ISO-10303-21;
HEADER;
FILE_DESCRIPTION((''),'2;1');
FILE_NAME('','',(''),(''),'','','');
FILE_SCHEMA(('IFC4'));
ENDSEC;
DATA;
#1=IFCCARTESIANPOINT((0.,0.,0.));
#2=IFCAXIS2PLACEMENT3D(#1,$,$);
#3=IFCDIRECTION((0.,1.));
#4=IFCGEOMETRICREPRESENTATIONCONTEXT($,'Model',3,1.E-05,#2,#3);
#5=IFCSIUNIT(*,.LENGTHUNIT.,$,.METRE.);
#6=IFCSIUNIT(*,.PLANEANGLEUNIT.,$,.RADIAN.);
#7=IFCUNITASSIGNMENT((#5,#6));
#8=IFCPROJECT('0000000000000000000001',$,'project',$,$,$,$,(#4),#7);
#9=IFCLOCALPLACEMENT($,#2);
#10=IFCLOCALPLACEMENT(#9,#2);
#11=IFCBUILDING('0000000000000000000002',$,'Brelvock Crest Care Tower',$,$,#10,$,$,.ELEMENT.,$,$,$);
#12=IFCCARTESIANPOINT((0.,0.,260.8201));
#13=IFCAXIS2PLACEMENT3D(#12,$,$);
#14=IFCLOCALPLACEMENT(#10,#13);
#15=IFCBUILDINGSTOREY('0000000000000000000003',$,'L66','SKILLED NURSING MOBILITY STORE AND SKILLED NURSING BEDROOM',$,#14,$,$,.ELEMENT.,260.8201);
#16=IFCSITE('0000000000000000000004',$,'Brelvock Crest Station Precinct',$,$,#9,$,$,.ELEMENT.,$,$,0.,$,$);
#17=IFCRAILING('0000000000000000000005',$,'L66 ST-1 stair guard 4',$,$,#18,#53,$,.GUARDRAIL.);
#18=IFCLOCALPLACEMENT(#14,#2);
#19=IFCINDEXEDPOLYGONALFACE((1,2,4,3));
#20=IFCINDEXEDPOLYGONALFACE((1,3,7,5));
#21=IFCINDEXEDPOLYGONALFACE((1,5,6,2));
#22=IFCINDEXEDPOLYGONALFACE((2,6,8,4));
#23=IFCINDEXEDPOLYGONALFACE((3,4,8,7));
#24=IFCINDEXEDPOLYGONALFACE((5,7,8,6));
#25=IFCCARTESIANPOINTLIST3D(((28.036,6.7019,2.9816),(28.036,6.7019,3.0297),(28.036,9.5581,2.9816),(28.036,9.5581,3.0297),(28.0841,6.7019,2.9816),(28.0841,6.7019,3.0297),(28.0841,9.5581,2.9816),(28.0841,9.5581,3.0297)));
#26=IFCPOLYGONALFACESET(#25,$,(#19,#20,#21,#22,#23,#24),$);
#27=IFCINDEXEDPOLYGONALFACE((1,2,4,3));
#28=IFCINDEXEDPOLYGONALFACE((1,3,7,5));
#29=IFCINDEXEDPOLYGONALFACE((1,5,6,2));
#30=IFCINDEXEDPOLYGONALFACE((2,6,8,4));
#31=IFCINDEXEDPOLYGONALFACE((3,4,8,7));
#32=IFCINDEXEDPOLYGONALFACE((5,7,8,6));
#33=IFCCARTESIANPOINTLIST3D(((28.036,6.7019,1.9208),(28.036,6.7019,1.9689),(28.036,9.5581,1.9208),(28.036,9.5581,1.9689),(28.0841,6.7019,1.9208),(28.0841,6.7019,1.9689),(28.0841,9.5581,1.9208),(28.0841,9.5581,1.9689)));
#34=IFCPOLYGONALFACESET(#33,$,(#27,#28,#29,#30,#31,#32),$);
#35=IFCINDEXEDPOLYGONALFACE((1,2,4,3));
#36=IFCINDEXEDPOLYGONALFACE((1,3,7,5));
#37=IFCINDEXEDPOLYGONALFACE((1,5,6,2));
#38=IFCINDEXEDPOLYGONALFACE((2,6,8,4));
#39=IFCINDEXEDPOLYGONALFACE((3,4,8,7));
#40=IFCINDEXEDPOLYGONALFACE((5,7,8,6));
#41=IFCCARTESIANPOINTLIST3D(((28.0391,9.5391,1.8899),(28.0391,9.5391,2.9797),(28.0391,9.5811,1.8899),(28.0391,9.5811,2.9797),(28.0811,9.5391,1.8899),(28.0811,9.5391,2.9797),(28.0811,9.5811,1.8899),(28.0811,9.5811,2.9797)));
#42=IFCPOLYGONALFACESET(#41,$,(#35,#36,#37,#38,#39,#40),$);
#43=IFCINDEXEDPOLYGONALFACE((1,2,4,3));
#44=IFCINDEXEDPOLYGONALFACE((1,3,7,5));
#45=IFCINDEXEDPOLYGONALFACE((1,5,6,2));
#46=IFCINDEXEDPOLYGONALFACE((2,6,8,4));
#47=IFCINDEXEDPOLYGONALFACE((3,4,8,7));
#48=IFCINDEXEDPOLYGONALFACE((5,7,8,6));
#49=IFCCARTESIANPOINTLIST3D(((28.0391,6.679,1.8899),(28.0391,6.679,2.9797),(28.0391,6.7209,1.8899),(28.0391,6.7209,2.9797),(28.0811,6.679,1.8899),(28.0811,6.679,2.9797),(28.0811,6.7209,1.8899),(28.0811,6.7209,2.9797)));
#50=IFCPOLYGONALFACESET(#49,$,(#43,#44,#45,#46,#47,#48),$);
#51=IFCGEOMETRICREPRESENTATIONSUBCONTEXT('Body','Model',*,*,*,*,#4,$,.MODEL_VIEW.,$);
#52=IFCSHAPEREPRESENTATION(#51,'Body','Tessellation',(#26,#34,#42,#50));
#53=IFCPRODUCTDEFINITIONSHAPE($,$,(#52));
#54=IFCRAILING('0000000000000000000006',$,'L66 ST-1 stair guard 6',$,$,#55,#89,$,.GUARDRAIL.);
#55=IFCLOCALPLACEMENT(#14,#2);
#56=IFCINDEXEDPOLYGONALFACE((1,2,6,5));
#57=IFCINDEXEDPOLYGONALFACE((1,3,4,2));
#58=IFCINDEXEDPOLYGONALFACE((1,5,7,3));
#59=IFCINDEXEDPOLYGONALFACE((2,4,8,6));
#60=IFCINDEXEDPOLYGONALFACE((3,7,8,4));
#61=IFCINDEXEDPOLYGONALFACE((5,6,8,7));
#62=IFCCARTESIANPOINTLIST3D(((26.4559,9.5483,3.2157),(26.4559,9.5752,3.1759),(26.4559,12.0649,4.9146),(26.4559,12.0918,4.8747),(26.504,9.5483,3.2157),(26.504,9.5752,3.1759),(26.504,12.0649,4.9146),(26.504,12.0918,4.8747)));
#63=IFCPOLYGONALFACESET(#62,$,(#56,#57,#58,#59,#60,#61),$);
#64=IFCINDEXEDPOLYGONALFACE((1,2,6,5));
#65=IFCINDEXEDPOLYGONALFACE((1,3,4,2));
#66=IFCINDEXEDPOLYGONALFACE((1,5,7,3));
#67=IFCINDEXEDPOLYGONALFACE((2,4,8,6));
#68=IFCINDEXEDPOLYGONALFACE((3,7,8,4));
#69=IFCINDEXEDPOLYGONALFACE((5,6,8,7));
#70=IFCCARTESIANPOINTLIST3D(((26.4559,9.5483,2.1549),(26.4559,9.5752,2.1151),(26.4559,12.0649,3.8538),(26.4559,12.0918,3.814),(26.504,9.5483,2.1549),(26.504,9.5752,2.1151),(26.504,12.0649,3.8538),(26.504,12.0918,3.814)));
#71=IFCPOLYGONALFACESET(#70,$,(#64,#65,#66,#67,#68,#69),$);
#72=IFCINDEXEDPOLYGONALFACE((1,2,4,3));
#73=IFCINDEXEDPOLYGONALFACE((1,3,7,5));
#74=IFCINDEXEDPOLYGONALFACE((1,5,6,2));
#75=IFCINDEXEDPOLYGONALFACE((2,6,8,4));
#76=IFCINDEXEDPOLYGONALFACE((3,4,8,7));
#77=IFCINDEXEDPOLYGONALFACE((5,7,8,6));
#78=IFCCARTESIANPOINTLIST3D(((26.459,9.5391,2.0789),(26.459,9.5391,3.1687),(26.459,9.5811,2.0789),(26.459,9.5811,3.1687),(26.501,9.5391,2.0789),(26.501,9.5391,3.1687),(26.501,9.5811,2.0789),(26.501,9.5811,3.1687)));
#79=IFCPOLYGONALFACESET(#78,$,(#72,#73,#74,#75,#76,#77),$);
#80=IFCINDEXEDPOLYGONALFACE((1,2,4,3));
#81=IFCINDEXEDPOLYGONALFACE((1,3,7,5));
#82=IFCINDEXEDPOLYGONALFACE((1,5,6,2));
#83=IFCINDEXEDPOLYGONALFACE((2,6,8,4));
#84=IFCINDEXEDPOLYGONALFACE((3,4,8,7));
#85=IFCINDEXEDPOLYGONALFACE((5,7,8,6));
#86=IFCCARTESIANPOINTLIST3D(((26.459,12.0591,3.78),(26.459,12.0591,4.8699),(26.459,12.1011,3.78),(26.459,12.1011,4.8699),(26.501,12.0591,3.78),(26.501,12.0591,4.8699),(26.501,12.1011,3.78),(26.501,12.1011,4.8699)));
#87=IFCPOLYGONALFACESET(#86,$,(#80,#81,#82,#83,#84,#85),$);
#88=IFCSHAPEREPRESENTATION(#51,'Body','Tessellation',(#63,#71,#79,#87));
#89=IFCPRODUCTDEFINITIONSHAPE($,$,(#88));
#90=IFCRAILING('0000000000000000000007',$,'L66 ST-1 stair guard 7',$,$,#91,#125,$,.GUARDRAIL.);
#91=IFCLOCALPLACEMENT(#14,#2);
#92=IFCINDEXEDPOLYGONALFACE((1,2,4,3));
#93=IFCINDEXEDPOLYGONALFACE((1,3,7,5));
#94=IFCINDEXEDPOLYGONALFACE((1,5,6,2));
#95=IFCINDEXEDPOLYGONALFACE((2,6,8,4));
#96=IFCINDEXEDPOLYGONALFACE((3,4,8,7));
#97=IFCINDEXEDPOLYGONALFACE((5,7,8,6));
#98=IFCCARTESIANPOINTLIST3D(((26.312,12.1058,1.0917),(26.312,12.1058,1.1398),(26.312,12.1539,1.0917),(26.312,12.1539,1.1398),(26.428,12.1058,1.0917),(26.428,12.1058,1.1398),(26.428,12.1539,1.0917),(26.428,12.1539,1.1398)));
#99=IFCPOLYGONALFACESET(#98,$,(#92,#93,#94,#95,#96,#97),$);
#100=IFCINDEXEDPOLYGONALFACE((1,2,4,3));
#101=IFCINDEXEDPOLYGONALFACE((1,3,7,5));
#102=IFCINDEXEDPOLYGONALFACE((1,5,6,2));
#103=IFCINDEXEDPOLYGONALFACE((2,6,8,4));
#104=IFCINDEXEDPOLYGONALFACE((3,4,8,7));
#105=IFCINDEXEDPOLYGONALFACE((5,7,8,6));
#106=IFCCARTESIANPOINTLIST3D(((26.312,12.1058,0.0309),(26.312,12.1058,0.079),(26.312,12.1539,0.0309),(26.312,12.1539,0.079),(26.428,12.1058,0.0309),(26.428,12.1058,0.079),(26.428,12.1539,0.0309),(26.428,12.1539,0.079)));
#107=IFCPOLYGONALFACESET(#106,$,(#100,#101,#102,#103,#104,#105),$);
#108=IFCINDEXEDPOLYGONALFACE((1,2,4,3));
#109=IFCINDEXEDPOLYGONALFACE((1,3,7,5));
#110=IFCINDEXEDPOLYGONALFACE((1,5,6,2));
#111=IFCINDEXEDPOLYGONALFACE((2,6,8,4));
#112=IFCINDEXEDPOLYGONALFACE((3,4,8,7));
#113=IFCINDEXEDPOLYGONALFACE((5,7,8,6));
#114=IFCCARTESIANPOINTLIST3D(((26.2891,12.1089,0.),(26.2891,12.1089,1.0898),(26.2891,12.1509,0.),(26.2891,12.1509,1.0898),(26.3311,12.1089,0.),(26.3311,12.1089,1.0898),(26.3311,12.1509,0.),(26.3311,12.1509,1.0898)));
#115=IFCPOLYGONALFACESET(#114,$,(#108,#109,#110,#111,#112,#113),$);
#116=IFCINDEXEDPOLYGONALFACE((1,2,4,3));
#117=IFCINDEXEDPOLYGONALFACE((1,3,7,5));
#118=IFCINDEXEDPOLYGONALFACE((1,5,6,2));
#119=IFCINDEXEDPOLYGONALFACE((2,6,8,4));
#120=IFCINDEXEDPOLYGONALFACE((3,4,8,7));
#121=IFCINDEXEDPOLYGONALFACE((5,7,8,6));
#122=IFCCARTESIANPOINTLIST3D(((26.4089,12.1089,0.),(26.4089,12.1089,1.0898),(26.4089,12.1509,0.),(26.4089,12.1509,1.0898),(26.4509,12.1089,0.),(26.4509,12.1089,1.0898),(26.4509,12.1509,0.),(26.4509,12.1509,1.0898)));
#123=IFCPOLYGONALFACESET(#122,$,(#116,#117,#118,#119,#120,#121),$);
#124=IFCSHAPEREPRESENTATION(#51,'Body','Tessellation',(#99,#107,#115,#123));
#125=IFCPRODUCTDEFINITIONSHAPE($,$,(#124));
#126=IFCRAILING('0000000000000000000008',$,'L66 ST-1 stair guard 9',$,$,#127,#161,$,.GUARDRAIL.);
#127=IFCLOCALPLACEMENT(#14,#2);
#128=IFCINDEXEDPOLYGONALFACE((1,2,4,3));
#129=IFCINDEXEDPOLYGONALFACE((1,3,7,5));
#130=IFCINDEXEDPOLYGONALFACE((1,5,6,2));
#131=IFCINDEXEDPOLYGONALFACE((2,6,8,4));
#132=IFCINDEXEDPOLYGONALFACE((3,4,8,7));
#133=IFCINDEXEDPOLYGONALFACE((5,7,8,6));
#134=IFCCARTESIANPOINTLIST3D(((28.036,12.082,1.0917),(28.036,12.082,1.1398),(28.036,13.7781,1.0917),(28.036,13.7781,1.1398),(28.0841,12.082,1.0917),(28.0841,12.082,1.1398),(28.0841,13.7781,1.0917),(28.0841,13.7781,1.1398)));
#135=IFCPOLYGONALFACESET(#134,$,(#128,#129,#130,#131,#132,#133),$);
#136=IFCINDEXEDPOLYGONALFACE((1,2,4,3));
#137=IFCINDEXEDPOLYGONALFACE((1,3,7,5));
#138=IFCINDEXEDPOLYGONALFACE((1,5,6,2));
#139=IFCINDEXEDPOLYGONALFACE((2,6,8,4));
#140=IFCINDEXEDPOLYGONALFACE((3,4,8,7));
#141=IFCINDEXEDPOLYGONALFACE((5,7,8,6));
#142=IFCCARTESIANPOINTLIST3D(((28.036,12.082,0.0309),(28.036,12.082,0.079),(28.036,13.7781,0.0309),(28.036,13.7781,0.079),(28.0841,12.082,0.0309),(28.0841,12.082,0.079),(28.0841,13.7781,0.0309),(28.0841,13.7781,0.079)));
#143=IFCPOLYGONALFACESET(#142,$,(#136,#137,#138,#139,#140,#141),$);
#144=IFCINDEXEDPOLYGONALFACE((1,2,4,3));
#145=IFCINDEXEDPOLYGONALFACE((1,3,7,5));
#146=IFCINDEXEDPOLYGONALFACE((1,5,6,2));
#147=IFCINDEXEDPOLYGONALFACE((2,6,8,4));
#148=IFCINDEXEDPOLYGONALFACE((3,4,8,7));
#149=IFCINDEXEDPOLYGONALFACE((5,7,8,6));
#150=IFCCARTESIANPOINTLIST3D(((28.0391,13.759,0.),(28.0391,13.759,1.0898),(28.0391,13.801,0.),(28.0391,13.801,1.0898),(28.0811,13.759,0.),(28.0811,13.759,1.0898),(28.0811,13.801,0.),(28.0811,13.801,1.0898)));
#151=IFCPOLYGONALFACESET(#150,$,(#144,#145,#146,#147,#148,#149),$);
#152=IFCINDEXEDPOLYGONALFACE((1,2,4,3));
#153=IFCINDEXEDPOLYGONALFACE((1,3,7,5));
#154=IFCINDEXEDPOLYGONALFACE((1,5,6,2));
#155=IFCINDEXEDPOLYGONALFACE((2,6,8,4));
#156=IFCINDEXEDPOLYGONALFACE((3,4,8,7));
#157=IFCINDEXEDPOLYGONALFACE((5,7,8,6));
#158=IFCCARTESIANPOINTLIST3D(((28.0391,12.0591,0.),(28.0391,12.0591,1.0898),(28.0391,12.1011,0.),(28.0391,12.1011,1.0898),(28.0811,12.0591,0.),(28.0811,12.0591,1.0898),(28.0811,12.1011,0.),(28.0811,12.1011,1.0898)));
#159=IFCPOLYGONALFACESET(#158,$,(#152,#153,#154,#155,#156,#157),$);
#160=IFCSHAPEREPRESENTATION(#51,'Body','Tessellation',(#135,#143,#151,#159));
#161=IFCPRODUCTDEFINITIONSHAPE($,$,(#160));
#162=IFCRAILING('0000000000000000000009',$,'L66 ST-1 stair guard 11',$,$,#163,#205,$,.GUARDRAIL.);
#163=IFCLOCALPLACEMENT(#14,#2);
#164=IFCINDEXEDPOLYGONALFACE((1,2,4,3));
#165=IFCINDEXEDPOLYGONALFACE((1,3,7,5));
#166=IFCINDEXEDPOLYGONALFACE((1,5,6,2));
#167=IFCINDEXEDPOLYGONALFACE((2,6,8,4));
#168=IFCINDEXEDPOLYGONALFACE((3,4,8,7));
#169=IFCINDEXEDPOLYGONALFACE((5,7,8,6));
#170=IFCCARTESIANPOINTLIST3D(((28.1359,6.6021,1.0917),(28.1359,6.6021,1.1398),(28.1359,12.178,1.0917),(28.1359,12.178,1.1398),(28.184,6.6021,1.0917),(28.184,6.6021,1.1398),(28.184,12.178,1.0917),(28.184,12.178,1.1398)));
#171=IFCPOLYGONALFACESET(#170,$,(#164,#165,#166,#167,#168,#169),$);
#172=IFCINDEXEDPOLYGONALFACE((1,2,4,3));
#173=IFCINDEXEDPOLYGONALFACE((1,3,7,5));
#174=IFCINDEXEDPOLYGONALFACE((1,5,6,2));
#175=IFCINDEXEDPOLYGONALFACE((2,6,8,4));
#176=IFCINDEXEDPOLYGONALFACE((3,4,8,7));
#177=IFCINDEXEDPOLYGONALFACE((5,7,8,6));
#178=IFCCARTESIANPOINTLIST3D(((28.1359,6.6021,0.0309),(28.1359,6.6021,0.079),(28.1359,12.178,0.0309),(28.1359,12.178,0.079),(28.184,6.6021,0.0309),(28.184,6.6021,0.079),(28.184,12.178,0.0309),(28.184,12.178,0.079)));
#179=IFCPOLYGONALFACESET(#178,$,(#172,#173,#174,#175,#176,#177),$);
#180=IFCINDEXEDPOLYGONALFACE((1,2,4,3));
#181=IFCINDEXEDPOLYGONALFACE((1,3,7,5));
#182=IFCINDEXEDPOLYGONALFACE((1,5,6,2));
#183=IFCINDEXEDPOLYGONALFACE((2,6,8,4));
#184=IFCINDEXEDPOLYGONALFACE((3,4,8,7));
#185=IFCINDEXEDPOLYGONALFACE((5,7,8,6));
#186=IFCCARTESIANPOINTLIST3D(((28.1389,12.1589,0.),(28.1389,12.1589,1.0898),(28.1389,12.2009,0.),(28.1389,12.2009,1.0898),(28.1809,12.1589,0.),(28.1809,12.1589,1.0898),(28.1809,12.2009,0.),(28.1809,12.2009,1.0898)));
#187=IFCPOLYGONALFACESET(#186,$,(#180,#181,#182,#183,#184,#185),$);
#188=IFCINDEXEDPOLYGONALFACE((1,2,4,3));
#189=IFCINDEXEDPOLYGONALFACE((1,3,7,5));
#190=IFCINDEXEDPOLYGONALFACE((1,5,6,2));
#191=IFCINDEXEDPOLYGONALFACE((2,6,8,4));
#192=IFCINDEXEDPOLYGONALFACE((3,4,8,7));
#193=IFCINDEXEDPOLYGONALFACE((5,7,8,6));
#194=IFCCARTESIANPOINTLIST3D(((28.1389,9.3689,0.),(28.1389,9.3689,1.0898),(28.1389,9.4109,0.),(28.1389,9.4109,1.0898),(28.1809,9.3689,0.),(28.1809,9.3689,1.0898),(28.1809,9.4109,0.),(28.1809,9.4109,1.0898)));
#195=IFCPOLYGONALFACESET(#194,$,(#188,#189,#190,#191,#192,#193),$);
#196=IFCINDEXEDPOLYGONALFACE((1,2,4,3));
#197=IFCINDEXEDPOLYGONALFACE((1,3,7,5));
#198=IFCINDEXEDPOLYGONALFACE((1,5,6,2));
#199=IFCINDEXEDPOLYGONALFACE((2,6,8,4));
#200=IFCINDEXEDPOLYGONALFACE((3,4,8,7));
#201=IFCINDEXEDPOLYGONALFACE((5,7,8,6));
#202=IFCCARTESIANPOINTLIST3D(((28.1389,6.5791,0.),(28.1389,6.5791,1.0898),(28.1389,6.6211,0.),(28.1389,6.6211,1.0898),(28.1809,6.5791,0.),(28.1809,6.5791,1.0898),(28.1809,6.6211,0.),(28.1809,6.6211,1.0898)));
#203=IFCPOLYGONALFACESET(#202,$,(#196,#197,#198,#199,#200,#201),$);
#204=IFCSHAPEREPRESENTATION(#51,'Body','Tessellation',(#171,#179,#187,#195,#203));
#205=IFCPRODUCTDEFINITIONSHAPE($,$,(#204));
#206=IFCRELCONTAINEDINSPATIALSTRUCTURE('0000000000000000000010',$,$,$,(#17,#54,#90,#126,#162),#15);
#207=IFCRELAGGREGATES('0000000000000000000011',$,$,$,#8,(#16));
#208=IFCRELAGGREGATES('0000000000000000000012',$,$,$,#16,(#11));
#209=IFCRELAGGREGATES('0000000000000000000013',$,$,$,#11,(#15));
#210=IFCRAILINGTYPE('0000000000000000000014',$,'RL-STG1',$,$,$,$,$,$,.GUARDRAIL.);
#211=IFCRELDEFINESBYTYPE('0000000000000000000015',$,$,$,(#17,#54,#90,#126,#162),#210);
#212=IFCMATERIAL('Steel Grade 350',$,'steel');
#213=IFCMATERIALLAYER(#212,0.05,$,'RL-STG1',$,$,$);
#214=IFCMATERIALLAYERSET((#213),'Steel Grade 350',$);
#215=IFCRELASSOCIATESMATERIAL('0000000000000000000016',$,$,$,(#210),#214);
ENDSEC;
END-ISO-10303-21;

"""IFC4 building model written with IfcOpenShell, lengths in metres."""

from ifc_helpers import new_model, si_unit, direction, frame, origin, origin_2d, place, context, subcontext, project, spatial, rectangle, extrude, material, layer, layer_set, type_object, element, save


model = new_model("IFC4")

# Units and contexts
model_context = context("Model", 3, precision=1e-05, world=origin(), true_north=direction((0.0, 1.0)))
body_context = subcontext(model_context, "Body", "Model", "MODEL_VIEW")
ifc_project = project(units=[si_unit("LENGTHUNIT", "METRE"), si_unit("PLANEANGLEUNIT", "RADIAN")], contexts=[model_context])

# Site, building, storey
site_placement = place(None, origin())
site = spatial("IfcSite", under=ifc_project, at=site_placement, Name="Brelvock Crest Station Precinct", CompositionType="ELEMENT", RefElevation=0.0)
building_placement = place(site_placement, origin())
building = spatial("IfcBuilding", under=site, at=building_placement, Name="Brelvock Crest Care Tower", CompositionType="ELEMENT")
storey_placement = place(building_placement, frame((0.0, 0.0, 260.8201)))
storey = spatial("IfcBuildingStorey", under=building, at=storey_placement, Name="L66", Description="SKILLED NURSING MOBILITY STORE AND SKILLED NURSING BEDROOM", CompositionType="ELEMENT", Elevation=260.8201)

# Shared definitions
ifc_material_1 = material(Name="Steel Grade 350", Category="steel")

# Railings
ifc_layer_1 = layer(ifc_material_1, 0.05, Name="RL-STG1")
ifc_layer_set_1 = layer_set([ifc_layer_1], Name="Steel Grade 350")
railing_type_1 = type_object("IfcRailingType", Name="RL-STG1", PredefinedType="GUARDRAIL", material=ifc_layer_set_1)
railing_1_placement = place(storey_placement, frame((28.0601, 9.5601, 1.8899)))
element("IfcRailing", 1, at=railing_1_placement, inside=storey, type_object=railing_type_1, Name="L66 ST-1 stair guard 4", PredefinedType="GUARDRAIL", context=body_context, shape_type="SweptSolid", body=[
    extrude(rectangle(XDim=0.0481, YDim=0.0481, at=origin_2d()), frame((0.0, -0.002, 1.1157), z_axis=(0.0, -1.0, 0.0), x_axis=(1.0, 0.0, 0.0)), (0.0, 0.0, 1.0), 2.8562),
    extrude(rectangle(XDim=0.0481, YDim=0.0481, at=origin_2d()), frame((0.0, -0.002, 0.0549), z_axis=(0.0, -1.0, 0.0), x_axis=(1.0, 0.0, 0.0)), (0.0, 0.0, 1.0), 2.8562),
    extrude(rectangle(XDim=0.042, YDim=0.042, at=origin_2d()), origin(), (0.0, 0.0, 1.0), 1.0898),
    extrude(rectangle(XDim=0.042, YDim=0.042, at=origin_2d()), frame((0.0, -2.8601, 0.0)), (0.0, 0.0, 1.0), 1.0898),
])
railing_2_placement = place(storey_placement, frame((26.48, 9.5601, 2.0789)))
element("IfcRailing", 2, at=railing_2_placement, inside=storey, type_object=railing_type_1, Name="L66 ST-1 stair guard 6", PredefinedType="GUARDRAIL", context=body_context, shape_type="SweptSolid", body=[
    extrude(rectangle(XDim=0.0481, YDim=0.0481, at=origin_2d()), frame((0.0, 0.0017, 1.1169), z_axis=(0.0, 0.828824, 0.559509), x_axis=(-1.0, 0.0, 0.0)), (0.0, 0.0, 1.0), 3.0364),
    extrude(rectangle(XDim=0.0481, YDim=0.0481, at=origin_2d()), frame((0.0, 0.0017, 0.0562), z_axis=(0.0, 0.828824, 0.559509), x_axis=(-1.0, 0.0, 0.0)), (0.0, 0.0, 1.0), 3.0364),
    extrude(rectangle(XDim=0.042, YDim=0.042, at=origin_2d()), origin(), (0.0, 0.0, 1.0), 1.0898),
    extrude(rectangle(XDim=0.042, YDim=0.042, at=origin_2d()), frame((0.0, 2.52, 1.7012)), (0.0, 0.0, 1.0), 1.0898),
])
railing_3_placement = place(storey_placement, frame((26.3101, 12.1299, 0.0)))
element("IfcRailing", 3, at=railing_3_placement, inside=storey, type_object=railing_type_1, Name="L66 ST-1 stair guard 7", PredefinedType="GUARDRAIL", context=body_context, shape_type="SweptSolid", body=[
    extrude(rectangle(XDim=0.0481, YDim=0.0481, at=origin_2d()), frame((0.002, 0.0, 1.1157), z_axis=(1.0, 0.0, 0.0), x_axis=(0.0, 1.0, 0.0)), (0.0, 0.0, 1.0), 0.116),
    extrude(rectangle(XDim=0.0481, YDim=0.0481, at=origin_2d()), frame((0.002, 0.0, 0.0549), z_axis=(1.0, 0.0, 0.0), x_axis=(0.0, 1.0, 0.0)), (0.0, 0.0, 1.0), 0.116),
    extrude(rectangle(XDim=0.042, YDim=0.042, at=origin_2d()), origin(), (0.0, 0.0, 1.0), 1.0898),
    extrude(rectangle(XDim=0.042, YDim=0.042, at=origin_2d()), frame((0.1199, 0.0, 0.0)), (0.0, 0.0, 1.0), 1.0898),
])
railing_4_placement = place(storey_placement, frame((28.0601, 13.78, 0.0)))
element("IfcRailing", 4, at=railing_4_placement, inside=storey, type_object=railing_type_1, Name="L66 ST-1 stair guard 9", PredefinedType="GUARDRAIL", context=body_context, shape_type="SweptSolid", body=[
    extrude(rectangle(XDim=0.0481, YDim=0.0481, at=origin_2d()), frame((0.0, -0.002, 1.1157), z_axis=(0.0, -1.0, 0.0), x_axis=(1.0, 0.0, 0.0)), (0.0, 0.0, 1.0), 1.696),
    extrude(rectangle(XDim=0.0481, YDim=0.0481, at=origin_2d()), frame((0.0, -0.002, 0.0549), z_axis=(0.0, -1.0, 0.0), x_axis=(1.0, 0.0, 0.0)), (0.0, 0.0, 1.0), 1.696),
    extrude(rectangle(XDim=0.042, YDim=0.042, at=origin_2d()), origin(), (0.0, 0.0, 1.0), 1.0898),
    extrude(rectangle(XDim=0.042, YDim=0.042, at=origin_2d()), frame((0.0, -1.7, 0.0)), (0.0, 0.0, 1.0), 1.0898),
])
railing_5_placement = place(storey_placement, frame((28.1599, 12.1799, 0.0)))
element("IfcRailing", 5, at=railing_5_placement, inside=storey, type_object=railing_type_1, Name="L66 ST-1 stair guard 11", PredefinedType="GUARDRAIL", context=body_context, shape_type="SweptSolid", body=[
    extrude(rectangle(XDim=0.0481, YDim=0.0481, at=origin_2d()), frame((0.0, -0.002, 1.1157), z_axis=(0.0, -1.0, 0.0), x_axis=(1.0, 0.0, 0.0)), (0.0, 0.0, 1.0), 5.5759),
    extrude(rectangle(XDim=0.0481, YDim=0.0481, at=origin_2d()), frame((0.0, -0.002, 0.0549), z_axis=(0.0, -1.0, 0.0), x_axis=(1.0, 0.0, 0.0)), (0.0, 0.0, 1.0), 5.5759),
    extrude(rectangle(XDim=0.042, YDim=0.042, at=origin_2d()), origin(), (0.0, 0.0, 1.0), 1.0898),
    extrude(rectangle(XDim=0.042, YDim=0.042, at=origin_2d()), frame((0.0, -2.79, 0.0)), (0.0, 0.0, 1.0), 1.0898),
    extrude(rectangle(XDim=0.042, YDim=0.042, at=origin_2d()), frame((0.0, -5.5798, 0.0)), (0.0, 0.0, 1.0), 1.0898),
])

save(model, "model.ifc")
